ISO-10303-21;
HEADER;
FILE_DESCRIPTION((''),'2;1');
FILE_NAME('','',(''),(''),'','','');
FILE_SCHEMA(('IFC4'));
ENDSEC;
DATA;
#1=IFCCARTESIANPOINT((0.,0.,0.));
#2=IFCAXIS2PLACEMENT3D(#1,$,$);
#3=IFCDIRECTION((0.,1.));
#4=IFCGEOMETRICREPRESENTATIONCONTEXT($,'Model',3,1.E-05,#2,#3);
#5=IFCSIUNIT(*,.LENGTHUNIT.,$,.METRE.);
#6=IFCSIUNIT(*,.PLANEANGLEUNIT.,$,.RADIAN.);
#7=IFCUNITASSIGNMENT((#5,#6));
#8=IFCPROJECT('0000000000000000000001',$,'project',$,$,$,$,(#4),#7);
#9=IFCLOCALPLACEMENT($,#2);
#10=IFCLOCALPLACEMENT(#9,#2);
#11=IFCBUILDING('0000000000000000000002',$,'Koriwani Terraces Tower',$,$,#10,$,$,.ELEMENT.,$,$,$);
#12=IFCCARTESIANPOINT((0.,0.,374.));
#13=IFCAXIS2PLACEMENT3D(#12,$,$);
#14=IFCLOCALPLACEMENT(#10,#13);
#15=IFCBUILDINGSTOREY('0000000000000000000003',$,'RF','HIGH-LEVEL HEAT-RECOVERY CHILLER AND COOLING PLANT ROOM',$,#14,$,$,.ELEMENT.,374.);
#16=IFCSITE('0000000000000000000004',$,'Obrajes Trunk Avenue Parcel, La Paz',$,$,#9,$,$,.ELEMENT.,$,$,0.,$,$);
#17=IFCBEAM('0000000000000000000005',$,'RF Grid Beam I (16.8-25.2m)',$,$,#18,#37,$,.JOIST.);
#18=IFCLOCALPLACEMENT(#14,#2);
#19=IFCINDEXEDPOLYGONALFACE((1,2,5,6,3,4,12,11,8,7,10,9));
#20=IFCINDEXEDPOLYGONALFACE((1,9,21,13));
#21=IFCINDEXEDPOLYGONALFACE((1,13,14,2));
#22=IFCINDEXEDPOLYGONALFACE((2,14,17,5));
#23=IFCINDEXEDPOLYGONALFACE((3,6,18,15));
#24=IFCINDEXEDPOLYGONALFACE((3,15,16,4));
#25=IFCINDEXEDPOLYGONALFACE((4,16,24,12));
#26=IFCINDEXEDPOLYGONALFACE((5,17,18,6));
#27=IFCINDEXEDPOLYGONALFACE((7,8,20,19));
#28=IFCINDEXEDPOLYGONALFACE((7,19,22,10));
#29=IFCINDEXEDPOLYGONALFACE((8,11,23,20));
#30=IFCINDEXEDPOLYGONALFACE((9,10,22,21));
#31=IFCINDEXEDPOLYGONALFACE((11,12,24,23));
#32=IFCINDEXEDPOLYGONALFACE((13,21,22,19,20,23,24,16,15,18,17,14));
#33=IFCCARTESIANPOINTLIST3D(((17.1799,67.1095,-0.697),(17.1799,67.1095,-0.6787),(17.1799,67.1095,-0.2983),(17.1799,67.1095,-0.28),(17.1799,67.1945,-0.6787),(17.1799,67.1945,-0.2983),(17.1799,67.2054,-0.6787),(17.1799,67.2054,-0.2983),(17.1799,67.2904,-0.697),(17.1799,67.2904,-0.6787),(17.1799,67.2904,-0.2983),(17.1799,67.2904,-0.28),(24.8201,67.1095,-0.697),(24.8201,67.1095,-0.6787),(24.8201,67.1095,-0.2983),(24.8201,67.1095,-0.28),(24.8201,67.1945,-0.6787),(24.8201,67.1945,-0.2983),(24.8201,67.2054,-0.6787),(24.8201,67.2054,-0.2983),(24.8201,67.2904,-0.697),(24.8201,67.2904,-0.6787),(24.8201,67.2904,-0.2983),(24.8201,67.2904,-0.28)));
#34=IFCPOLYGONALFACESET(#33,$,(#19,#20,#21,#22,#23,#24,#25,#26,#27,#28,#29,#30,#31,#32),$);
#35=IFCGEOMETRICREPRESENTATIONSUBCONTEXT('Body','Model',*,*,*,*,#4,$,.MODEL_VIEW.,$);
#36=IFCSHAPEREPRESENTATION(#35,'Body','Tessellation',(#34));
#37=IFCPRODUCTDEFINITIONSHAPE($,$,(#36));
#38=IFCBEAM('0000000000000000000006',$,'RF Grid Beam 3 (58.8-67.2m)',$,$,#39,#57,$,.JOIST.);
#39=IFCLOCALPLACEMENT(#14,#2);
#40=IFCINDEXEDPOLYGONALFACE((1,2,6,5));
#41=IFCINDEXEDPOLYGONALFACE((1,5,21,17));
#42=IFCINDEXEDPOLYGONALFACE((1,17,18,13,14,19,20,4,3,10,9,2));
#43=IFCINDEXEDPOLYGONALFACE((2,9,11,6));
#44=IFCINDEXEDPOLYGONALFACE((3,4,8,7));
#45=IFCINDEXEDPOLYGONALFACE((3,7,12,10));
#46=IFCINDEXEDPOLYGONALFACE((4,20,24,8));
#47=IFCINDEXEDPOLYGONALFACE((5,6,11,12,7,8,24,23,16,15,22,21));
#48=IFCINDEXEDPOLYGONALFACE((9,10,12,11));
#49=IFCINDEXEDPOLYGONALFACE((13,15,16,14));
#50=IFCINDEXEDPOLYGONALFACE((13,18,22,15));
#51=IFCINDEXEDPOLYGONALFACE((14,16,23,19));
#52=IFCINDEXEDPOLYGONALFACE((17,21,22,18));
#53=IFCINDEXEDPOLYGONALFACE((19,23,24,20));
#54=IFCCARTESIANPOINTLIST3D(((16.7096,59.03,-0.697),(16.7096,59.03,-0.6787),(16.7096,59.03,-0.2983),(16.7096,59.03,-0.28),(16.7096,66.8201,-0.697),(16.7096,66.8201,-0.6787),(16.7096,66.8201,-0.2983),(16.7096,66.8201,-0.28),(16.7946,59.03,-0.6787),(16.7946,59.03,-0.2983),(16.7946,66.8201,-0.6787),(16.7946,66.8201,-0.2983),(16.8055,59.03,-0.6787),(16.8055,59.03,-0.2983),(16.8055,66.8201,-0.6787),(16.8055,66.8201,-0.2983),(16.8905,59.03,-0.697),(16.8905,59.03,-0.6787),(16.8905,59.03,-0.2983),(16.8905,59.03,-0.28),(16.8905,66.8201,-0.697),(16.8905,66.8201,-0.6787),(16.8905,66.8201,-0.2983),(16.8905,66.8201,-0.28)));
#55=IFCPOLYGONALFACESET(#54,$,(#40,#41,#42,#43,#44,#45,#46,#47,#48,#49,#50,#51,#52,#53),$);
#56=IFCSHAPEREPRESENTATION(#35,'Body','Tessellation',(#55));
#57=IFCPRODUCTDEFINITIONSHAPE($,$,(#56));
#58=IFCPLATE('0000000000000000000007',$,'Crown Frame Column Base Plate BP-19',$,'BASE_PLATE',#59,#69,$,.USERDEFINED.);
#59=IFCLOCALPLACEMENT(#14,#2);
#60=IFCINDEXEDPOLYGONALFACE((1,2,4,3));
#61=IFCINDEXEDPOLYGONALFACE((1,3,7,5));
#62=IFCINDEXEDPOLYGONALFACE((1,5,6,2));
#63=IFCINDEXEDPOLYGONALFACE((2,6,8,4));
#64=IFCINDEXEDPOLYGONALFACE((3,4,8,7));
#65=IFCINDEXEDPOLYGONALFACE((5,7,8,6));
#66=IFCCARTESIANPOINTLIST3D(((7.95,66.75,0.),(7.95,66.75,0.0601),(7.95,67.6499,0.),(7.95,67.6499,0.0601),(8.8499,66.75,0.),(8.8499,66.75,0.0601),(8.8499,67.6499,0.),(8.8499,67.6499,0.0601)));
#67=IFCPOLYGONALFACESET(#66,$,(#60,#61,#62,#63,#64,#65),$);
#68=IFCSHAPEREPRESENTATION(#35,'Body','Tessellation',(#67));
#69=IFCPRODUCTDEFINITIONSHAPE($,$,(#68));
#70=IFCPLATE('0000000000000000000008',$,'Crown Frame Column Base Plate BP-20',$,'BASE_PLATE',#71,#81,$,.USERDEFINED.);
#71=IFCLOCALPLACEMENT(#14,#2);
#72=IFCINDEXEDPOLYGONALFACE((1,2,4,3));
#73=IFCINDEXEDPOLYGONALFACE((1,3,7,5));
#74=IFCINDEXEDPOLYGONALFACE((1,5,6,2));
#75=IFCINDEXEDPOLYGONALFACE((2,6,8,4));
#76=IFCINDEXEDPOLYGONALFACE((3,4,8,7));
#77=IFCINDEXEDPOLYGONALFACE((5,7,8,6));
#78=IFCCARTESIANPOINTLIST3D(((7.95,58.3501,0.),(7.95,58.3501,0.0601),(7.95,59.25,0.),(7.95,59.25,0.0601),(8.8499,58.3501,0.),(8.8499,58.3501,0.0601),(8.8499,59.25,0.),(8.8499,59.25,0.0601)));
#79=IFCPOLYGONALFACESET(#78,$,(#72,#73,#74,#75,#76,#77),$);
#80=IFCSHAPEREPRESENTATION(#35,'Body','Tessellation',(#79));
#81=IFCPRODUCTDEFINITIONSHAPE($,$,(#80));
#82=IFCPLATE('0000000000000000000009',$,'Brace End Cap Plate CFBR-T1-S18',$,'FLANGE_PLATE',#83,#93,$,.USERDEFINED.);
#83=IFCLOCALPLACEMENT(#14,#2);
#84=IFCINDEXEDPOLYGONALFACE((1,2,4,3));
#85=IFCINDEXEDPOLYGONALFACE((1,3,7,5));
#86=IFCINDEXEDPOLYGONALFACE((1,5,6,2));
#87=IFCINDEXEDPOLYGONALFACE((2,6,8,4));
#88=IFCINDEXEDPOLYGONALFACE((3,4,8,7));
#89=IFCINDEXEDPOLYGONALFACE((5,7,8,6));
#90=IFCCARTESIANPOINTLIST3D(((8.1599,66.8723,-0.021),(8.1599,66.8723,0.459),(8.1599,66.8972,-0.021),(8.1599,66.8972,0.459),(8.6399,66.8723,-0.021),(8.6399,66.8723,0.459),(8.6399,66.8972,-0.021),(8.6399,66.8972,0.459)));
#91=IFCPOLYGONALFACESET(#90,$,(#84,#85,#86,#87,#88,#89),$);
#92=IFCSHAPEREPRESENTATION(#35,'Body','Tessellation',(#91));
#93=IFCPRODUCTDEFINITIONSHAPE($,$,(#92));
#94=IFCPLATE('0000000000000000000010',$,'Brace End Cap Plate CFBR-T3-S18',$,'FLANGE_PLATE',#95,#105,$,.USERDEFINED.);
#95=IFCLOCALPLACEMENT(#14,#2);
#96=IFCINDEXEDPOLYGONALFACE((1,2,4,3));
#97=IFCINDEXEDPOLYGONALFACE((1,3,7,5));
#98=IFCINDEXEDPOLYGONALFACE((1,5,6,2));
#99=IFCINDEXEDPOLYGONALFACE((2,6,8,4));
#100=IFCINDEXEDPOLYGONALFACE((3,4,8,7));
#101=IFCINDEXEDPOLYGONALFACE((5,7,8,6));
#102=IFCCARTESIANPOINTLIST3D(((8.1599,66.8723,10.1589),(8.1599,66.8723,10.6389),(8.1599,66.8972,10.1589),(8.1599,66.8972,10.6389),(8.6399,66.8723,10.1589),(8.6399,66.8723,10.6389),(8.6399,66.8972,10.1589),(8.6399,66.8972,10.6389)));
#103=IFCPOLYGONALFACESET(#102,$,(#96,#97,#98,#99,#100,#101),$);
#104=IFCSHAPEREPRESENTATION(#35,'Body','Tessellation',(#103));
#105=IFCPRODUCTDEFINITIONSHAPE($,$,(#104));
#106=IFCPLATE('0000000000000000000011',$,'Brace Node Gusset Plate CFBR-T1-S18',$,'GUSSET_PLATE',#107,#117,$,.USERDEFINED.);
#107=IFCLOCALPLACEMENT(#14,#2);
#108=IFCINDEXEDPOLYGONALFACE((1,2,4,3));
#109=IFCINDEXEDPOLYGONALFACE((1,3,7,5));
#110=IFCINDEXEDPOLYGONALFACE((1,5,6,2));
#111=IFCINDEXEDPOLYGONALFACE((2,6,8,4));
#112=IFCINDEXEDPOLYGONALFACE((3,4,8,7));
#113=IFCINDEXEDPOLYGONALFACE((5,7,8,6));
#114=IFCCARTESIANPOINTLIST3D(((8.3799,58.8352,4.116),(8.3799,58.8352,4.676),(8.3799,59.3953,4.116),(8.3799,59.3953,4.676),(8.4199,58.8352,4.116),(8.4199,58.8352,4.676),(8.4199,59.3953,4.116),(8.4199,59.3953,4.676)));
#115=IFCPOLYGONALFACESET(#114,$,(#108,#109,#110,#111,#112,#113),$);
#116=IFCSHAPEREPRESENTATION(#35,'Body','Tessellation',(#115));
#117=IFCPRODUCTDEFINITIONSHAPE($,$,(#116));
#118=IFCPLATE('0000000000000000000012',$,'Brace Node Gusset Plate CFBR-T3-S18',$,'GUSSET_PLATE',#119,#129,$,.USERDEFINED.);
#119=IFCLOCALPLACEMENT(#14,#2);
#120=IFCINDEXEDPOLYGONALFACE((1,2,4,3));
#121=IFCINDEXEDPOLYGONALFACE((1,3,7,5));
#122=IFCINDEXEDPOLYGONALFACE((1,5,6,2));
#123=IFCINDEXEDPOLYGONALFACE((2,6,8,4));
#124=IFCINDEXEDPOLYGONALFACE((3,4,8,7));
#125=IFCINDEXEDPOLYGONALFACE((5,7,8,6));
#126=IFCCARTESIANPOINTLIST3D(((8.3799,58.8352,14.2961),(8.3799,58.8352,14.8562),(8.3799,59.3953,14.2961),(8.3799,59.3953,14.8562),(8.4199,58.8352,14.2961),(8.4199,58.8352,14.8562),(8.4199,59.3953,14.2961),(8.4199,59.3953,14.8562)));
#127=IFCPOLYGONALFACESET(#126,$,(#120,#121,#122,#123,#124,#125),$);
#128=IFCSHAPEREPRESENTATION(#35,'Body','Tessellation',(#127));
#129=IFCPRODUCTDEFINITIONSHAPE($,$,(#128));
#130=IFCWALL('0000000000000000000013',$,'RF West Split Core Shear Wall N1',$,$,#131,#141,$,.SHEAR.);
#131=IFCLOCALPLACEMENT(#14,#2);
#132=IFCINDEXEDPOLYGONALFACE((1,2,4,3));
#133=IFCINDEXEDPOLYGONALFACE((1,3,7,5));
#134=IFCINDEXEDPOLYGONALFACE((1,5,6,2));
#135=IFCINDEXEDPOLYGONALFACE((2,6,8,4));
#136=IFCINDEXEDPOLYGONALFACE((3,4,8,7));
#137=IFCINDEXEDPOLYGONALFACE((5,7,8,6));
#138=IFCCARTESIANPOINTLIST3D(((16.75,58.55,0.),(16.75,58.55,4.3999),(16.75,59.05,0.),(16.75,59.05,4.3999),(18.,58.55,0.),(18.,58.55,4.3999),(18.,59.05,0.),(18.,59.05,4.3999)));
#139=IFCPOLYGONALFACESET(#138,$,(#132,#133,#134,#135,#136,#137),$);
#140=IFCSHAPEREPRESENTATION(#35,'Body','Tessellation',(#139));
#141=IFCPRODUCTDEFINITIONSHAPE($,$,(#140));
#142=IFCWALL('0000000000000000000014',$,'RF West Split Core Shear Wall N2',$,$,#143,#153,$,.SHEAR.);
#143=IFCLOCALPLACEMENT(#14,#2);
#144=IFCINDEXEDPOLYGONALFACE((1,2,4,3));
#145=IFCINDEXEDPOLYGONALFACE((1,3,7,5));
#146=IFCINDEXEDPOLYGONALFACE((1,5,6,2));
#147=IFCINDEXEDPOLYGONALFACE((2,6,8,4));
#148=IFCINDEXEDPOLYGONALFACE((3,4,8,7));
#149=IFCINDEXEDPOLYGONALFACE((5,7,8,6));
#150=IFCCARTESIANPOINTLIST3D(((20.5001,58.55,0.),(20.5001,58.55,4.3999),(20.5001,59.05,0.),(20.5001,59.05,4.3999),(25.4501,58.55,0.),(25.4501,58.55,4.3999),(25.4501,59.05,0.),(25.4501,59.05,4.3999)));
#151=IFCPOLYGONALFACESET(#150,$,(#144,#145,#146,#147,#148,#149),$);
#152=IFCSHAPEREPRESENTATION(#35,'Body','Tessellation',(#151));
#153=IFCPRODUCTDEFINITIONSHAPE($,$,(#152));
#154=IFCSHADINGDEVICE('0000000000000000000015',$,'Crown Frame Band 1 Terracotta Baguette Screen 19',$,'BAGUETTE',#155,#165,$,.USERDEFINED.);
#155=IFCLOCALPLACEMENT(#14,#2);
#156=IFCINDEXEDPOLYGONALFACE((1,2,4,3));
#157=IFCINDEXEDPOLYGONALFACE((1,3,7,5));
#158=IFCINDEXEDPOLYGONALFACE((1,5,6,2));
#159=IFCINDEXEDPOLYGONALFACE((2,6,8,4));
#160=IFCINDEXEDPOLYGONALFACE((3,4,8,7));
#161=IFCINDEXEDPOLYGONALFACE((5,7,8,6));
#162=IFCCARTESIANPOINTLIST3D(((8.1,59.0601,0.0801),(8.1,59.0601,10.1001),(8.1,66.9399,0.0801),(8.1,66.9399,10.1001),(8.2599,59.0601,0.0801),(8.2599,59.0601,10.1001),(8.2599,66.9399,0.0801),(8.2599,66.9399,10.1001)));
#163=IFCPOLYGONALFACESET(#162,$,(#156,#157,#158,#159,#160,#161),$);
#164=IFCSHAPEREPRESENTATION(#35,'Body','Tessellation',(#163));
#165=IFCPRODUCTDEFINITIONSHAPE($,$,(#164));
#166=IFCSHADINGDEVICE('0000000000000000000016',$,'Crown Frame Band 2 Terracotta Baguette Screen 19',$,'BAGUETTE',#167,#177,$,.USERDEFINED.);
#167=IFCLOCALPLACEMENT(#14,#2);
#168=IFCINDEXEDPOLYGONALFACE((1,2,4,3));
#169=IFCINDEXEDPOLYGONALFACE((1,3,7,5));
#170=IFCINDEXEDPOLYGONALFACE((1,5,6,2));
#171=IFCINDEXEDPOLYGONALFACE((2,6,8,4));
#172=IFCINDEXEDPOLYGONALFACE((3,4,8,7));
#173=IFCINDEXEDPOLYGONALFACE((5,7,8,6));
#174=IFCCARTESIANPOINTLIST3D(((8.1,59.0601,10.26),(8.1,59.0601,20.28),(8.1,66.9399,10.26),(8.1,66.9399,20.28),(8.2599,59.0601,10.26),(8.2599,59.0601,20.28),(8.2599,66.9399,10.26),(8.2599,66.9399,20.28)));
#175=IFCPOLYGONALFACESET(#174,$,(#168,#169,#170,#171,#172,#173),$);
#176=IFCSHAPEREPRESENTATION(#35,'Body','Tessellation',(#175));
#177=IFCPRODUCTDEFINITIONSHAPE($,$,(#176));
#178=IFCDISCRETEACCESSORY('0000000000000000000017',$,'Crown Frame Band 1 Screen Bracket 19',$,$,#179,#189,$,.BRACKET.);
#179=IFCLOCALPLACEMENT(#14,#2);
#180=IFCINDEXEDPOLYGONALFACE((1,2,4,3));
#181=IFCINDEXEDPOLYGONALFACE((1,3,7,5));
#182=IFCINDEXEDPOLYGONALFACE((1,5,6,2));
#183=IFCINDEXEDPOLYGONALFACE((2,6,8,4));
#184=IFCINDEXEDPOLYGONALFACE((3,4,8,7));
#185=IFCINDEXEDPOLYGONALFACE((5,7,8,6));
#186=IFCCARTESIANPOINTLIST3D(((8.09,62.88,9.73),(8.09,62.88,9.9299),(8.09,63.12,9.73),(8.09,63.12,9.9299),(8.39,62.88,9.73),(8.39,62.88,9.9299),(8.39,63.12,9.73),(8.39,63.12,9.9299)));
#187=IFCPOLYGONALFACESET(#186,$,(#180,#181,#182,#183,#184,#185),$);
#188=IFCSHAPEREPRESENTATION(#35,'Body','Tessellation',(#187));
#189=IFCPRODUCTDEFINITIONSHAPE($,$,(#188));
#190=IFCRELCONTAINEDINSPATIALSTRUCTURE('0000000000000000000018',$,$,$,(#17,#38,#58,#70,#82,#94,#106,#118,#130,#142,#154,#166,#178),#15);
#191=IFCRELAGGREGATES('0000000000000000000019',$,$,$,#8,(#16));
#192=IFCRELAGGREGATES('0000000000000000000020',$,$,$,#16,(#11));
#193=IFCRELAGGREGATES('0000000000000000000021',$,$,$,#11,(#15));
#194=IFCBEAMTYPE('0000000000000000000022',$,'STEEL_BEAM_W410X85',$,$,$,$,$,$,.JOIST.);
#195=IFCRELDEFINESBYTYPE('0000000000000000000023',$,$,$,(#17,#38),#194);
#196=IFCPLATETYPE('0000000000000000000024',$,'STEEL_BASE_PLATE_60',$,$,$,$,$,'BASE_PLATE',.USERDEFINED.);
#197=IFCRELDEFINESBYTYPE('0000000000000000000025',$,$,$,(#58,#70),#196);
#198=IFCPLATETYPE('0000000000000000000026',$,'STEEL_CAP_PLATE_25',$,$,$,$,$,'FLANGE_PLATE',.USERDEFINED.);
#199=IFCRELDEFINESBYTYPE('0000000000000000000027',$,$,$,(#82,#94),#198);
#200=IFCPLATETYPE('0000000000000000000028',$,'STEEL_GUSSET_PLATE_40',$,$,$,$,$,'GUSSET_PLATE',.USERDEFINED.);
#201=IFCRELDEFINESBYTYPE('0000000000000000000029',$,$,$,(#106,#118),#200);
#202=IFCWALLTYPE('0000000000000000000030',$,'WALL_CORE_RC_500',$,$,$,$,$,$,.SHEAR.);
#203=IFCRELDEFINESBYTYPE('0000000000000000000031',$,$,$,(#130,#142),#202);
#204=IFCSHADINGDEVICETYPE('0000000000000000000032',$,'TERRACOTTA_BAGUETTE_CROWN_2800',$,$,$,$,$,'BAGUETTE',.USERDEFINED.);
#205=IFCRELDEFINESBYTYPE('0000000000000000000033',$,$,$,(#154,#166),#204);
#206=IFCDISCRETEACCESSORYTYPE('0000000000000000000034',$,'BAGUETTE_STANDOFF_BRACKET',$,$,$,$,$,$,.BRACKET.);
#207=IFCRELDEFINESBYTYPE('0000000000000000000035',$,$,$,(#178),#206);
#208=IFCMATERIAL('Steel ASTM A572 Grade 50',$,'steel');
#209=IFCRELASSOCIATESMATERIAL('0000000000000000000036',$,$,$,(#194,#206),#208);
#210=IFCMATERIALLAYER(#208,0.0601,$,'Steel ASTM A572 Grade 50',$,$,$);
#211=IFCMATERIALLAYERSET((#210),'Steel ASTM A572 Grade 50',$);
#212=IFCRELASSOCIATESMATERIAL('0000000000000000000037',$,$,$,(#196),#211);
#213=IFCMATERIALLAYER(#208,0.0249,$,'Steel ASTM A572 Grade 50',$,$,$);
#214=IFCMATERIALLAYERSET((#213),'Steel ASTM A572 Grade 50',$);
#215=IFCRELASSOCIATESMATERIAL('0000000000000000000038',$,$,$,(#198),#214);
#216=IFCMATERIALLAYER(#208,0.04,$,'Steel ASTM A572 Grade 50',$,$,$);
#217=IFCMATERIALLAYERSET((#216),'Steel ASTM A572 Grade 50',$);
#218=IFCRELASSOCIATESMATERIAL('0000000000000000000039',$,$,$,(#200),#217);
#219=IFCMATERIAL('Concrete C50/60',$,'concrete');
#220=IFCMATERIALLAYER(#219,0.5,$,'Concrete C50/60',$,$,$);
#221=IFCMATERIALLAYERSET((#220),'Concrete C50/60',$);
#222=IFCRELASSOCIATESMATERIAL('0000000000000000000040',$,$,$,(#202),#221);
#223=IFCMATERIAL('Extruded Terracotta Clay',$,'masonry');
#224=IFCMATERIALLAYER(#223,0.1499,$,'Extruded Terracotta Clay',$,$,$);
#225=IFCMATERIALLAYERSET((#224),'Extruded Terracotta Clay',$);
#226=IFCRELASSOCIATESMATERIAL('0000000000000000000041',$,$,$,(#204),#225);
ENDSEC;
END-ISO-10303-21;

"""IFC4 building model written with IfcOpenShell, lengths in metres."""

from ifc_helpers import new_model, si_unit, direction, frame, frame_2d, origin, origin_2d, place, context, subcontext, project, spatial, rectangle, i_section, extrude, material, layer, layer_set, material_profile, profile_set, type_object, element, save


model = new_model("IFC4")

# Units and contexts
model_context = context("Model", 3, precision=1e-05, world=origin(), true_north=direction((0.0, 1.0)))
body_context = subcontext(model_context, "Body", "Model", "MODEL_VIEW")
ifc_project = project(units=[si_unit("LENGTHUNIT", "METRE"), si_unit("PLANEANGLEUNIT", "RADIAN")], contexts=[model_context])

# Site, building, storey
site_placement = place(None, origin())
site = spatial("IfcSite", under=ifc_project, at=site_placement, Name="Obrajes Trunk Avenue Parcel, La Paz", CompositionType="ELEMENT", RefElevation=0.0)
building_placement = place(site_placement, origin())
building = spatial("IfcBuilding", under=site, at=building_placement, Name="Koriwani Terraces Tower", CompositionType="ELEMENT")
storey_placement = place(building_placement, frame((0.0, 0.0, 374.0)))
storey = spatial("IfcBuildingStorey", under=building, at=storey_placement, Name="RF", Description="HIGH-LEVEL HEAT-RECOVERY CHILLER AND COOLING PLANT ROOM", CompositionType="ELEMENT", Elevation=374.0)

# Shared definitions
ifc_material_1 = material(Name="Steel ASTM A572 Grade 50", Category="steel")

# Beams
ifc_material_profile_1 = material_profile(ifc_material_1, i_section(OverallWidth=0.1809, OverallDepth=0.417, WebThickness=0.011, FlangeThickness=0.0183, at=origin_2d()), Name="Steel ASTM A572 Grade 50", Category="LoadBearing")
ifc_profile_set_1 = profile_set([ifc_material_profile_1], Name="Steel ASTM A572 Grade 50")
beam_type_1 = type_object("IfcBeamType", Name="STEEL_BEAM_W410X85", PredefinedType="JOIST", material=ifc_profile_set_1)
beam_1_placement = place(storey_placement, frame((17.1799, 67.2, -0.4885), z_axis=(1.0, 0.0, 0.0), x_axis=(0.0, 1.0, 0.0)))
element("IfcBeam", 1, at=beam_1_placement, inside=storey, type_object=beam_type_1, Name="RF Grid Beam I (16.8-25.2m)", PredefinedType="JOIST", context=body_context, shape_type="SweptSolid", body=[
    extrude(i_section(OverallWidth=0.1809, OverallDepth=0.417, WebThickness=0.011, FlangeThickness=0.0183, at=origin_2d()), origin(), (0.0, 0.0, 1.0), 7.6401),
])
beam_2_placement = place(storey_placement, frame((16.8, 59.03, -0.4885), z_axis=(0.0, 1.0, 0.0), x_axis=(-1.0, 0.0, 0.0)))
element("IfcBeam", 2, at=beam_2_placement, inside=storey, type_object=beam_type_1, Name="RF Grid Beam 3 (58.8-67.2m)", PredefinedType="JOIST", context=body_context, shape_type="SweptSolid", body=[
    extrude(i_section(OverallWidth=0.1809, OverallDepth=0.417, WebThickness=0.011, FlangeThickness=0.0183, at=origin_2d()), origin(), (0.0, 0.0, 1.0), 7.79),
])

# Plates
ifc_layer_1 = layer(ifc_material_1, 0.0601, Name="Steel ASTM A572 Grade 50")
ifc_layer_set_1 = layer_set([ifc_layer_1], Name="Steel ASTM A572 Grade 50")
plate_type_1 = type_object("IfcPlateType", Name="STEEL_BASE_PLATE_60", ElementType="BASE_PLATE", PredefinedType="USERDEFINED", material=ifc_layer_set_1)
for number, where, z_axis, x_axis, name in (
    (3, (8.3999, 67.2, 0.0), (0.0, 0.0, 1.0), (1.0, 0.0, 0.0), "Crown Frame Column Base Plate BP-19"),
    (4, (8.3999, 58.8, 0.0), (0.0, 0.0, 1.0), (1.0, 0.0, 0.0), "Crown Frame Column Base Plate BP-20"),
):
    element("IfcPlate", number, at=place(storey_placement, frame(where, z_axis=z_axis, x_axis=x_axis)), inside=storey, type_object=plate_type_1, Name=name, ObjectType="BASE_PLATE", PredefinedType="USERDEFINED", context=body_context, shape_type="SweptSolid", body=[
        extrude(rectangle(XDim=0.8999, YDim=0.8999, at=origin_2d()), origin(), (0.0, 0.0, 1.0), 0.0601),
    ])
ifc_layer_2 = layer(ifc_material_1, 0.0249, Name="Steel ASTM A572 Grade 50")
ifc_layer_set_2 = layer_set([ifc_layer_2], Name="Steel ASTM A572 Grade 50")
plate_type_2 = type_object("IfcPlateType", Name="STEEL_CAP_PLATE_25", ElementType="FLANGE_PLATE", PredefinedType="USERDEFINED", material=ifc_layer_set_2)
for number, where, z_axis, x_axis, name in (
    (5, (8.3999, 66.8848, -0.021), (0.0, 0.0, 1.0), (0.0, -1.0, 0.0), "Brace End Cap Plate CFBR-T1-S18"),
    (6, (8.3999, 66.8848, 10.1589), (0.0, 0.0, 1.0), (0.0, -1.0, 0.0), "Brace End Cap Plate CFBR-T3-S18"),
):
    element("IfcPlate", number, at=place(storey_placement, frame(where, z_axis=z_axis, x_axis=x_axis)), inside=storey, type_object=plate_type_2, Name=name, ObjectType="FLANGE_PLATE", PredefinedType="USERDEFINED", context=body_context, shape_type="SweptSolid", body=[
        extrude(rectangle(XDim=0.0249, YDim=0.48, at=origin_2d()), origin(), (0.0, 0.0, 1.0), 0.48),
    ])
ifc_layer_3 = layer(ifc_material_1, 0.04, Name="Steel ASTM A572 Grade 50")
ifc_layer_set_3 = layer_set([ifc_layer_3], Name="Steel ASTM A572 Grade 50")
plate_type_3 = type_object("IfcPlateType", Name="STEEL_GUSSET_PLATE_40", ElementType="GUSSET_PLATE", PredefinedType="USERDEFINED", material=ifc_layer_set_3)
for number, where, z_axis, x_axis, name in (
    (7, (8.3999, 59.1152, 4.116), (0.0, 0.0, 1.0), (0.0, -1.0, 0.0), "Brace Node Gusset Plate CFBR-T1-S18"),
    (8, (8.3999, 59.1152, 14.2961), (0.0, 0.0, 1.0), (0.0, -1.0, 0.0), "Brace Node Gusset Plate CFBR-T3-S18"),
):
    element("IfcPlate", number, at=place(storey_placement, frame(where, z_axis=z_axis, x_axis=x_axis)), inside=storey, type_object=plate_type_3, Name=name, ObjectType="GUSSET_PLATE", PredefinedType="USERDEFINED", context=body_context, shape_type="SweptSolid", body=[
        extrude(rectangle(XDim=0.5601, YDim=0.04, at=origin_2d()), origin(), (0.0, 0.0, 1.0), 0.5601),
    ])

# Walls
ifc_material_2 = material(Name="Concrete C50/60", Category="concrete")
ifc_layer_4 = layer(ifc_material_2, 0.5, Name="Concrete C50/60")
ifc_layer_set_4 = layer_set([ifc_layer_4], Name="Concrete C50/60")
wall_type_1 = type_object("IfcWallType", Name="WALL_CORE_RC_500", PredefinedType="SHEAR", material=ifc_layer_set_4)
wall_1_placement = place(storey_placement, frame((16.75, 58.8, 0.0), z_axis=(0.0, 0.0, 1.0), x_axis=(1.0, 0.0, 0.0)))
element("IfcWall", 9, at=wall_1_placement, inside=storey, type_object=wall_type_1, Name="RF West Split Core Shear Wall N1", PredefinedType="SHEAR", context=body_context, shape_type="SweptSolid", body=[
    extrude(rectangle(XDim=1.25, YDim=0.5, at=frame_2d((0.625, 0.0))), origin(), (0.0, 0.0, 1.0), 4.3999),
])
wall_2_placement = place(storey_placement, frame((20.5, 58.8, 0.0), z_axis=(0.0, 0.0, 1.0), x_axis=(1.0, 0.0, 0.0)))
element("IfcWall", 10, at=wall_2_placement, inside=storey, type_object=wall_type_1, Name="RF West Split Core Shear Wall N2", PredefinedType="SHEAR", context=body_context, shape_type="SweptSolid", body=[
    extrude(rectangle(XDim=4.95, YDim=0.5, at=frame_2d((2.4751, 0.0))), origin(), (0.0, 0.0, 1.0), 4.3999),
])

# Shading devices
ifc_material_3 = material(Name="Extruded Terracotta Clay", Category="masonry")
ifc_layer_5 = layer(ifc_material_3, 0.1499, Name="Extruded Terracotta Clay")
ifc_layer_set_5 = layer_set([ifc_layer_5], Name="Extruded Terracotta Clay")
shading_device_type = type_object("IfcShadingDeviceType", Name="TERRACOTTA_BAGUETTE_CROWN_2800", ElementType="BAGUETTE", PredefinedType="USERDEFINED", material=ifc_layer_set_5)
for number, where, z_axis, x_axis, name in (
    (11, (8.1799, 63.0, 0.0801), (0.0, 0.0, 1.0), (0.0, -1.0, 0.0), "Crown Frame Band 1 Terracotta Baguette Screen 19"),
    (12, (8.1799, 63.0, 10.26), (0.0, 0.0, 1.0), (0.0, -1.0, 0.0), "Crown Frame Band 2 Terracotta Baguette Screen 19"),
):
    element("IfcShadingDevice", number, at=place(storey_placement, frame(where, z_axis=z_axis, x_axis=x_axis)), inside=storey, type_object=shading_device_type, Name=name, ObjectType="BAGUETTE", PredefinedType="USERDEFINED", context=body_context, shape_type="SweptSolid", body=[
        extrude(rectangle(XDim=7.8799, YDim=0.1599, at=origin_2d()), origin(), (0.0, 0.0, 1.0), 10.02),
    ])

# Discrete accessory
discrete_accessory_type = type_object("IfcDiscreteAccessoryType", Name="BAGUETTE_STANDOFF_BRACKET", PredefinedType="BRACKET", material=ifc_material_1)
discrete_accessory_placement = place(storey_placement, frame((8.24, 63.0, 9.73), z_axis=(0.0, 0.0, 1.0), x_axis=(0.0, -1.0, 0.0)))
element("IfcDiscreteAccessory", 13, at=discrete_accessory_placement, inside=storey, type_object=discrete_accessory_type, Name="Crown Frame Band 1 Screen Bracket 19", PredefinedType="BRACKET", context=body_context, shape_type="SweptSolid", body=[
    extrude(rectangle(XDim=0.24, YDim=0.3, at=origin_2d()), origin(), (0.0, 0.0, 1.0), 0.2),
])

save(model, "model.ifc")
